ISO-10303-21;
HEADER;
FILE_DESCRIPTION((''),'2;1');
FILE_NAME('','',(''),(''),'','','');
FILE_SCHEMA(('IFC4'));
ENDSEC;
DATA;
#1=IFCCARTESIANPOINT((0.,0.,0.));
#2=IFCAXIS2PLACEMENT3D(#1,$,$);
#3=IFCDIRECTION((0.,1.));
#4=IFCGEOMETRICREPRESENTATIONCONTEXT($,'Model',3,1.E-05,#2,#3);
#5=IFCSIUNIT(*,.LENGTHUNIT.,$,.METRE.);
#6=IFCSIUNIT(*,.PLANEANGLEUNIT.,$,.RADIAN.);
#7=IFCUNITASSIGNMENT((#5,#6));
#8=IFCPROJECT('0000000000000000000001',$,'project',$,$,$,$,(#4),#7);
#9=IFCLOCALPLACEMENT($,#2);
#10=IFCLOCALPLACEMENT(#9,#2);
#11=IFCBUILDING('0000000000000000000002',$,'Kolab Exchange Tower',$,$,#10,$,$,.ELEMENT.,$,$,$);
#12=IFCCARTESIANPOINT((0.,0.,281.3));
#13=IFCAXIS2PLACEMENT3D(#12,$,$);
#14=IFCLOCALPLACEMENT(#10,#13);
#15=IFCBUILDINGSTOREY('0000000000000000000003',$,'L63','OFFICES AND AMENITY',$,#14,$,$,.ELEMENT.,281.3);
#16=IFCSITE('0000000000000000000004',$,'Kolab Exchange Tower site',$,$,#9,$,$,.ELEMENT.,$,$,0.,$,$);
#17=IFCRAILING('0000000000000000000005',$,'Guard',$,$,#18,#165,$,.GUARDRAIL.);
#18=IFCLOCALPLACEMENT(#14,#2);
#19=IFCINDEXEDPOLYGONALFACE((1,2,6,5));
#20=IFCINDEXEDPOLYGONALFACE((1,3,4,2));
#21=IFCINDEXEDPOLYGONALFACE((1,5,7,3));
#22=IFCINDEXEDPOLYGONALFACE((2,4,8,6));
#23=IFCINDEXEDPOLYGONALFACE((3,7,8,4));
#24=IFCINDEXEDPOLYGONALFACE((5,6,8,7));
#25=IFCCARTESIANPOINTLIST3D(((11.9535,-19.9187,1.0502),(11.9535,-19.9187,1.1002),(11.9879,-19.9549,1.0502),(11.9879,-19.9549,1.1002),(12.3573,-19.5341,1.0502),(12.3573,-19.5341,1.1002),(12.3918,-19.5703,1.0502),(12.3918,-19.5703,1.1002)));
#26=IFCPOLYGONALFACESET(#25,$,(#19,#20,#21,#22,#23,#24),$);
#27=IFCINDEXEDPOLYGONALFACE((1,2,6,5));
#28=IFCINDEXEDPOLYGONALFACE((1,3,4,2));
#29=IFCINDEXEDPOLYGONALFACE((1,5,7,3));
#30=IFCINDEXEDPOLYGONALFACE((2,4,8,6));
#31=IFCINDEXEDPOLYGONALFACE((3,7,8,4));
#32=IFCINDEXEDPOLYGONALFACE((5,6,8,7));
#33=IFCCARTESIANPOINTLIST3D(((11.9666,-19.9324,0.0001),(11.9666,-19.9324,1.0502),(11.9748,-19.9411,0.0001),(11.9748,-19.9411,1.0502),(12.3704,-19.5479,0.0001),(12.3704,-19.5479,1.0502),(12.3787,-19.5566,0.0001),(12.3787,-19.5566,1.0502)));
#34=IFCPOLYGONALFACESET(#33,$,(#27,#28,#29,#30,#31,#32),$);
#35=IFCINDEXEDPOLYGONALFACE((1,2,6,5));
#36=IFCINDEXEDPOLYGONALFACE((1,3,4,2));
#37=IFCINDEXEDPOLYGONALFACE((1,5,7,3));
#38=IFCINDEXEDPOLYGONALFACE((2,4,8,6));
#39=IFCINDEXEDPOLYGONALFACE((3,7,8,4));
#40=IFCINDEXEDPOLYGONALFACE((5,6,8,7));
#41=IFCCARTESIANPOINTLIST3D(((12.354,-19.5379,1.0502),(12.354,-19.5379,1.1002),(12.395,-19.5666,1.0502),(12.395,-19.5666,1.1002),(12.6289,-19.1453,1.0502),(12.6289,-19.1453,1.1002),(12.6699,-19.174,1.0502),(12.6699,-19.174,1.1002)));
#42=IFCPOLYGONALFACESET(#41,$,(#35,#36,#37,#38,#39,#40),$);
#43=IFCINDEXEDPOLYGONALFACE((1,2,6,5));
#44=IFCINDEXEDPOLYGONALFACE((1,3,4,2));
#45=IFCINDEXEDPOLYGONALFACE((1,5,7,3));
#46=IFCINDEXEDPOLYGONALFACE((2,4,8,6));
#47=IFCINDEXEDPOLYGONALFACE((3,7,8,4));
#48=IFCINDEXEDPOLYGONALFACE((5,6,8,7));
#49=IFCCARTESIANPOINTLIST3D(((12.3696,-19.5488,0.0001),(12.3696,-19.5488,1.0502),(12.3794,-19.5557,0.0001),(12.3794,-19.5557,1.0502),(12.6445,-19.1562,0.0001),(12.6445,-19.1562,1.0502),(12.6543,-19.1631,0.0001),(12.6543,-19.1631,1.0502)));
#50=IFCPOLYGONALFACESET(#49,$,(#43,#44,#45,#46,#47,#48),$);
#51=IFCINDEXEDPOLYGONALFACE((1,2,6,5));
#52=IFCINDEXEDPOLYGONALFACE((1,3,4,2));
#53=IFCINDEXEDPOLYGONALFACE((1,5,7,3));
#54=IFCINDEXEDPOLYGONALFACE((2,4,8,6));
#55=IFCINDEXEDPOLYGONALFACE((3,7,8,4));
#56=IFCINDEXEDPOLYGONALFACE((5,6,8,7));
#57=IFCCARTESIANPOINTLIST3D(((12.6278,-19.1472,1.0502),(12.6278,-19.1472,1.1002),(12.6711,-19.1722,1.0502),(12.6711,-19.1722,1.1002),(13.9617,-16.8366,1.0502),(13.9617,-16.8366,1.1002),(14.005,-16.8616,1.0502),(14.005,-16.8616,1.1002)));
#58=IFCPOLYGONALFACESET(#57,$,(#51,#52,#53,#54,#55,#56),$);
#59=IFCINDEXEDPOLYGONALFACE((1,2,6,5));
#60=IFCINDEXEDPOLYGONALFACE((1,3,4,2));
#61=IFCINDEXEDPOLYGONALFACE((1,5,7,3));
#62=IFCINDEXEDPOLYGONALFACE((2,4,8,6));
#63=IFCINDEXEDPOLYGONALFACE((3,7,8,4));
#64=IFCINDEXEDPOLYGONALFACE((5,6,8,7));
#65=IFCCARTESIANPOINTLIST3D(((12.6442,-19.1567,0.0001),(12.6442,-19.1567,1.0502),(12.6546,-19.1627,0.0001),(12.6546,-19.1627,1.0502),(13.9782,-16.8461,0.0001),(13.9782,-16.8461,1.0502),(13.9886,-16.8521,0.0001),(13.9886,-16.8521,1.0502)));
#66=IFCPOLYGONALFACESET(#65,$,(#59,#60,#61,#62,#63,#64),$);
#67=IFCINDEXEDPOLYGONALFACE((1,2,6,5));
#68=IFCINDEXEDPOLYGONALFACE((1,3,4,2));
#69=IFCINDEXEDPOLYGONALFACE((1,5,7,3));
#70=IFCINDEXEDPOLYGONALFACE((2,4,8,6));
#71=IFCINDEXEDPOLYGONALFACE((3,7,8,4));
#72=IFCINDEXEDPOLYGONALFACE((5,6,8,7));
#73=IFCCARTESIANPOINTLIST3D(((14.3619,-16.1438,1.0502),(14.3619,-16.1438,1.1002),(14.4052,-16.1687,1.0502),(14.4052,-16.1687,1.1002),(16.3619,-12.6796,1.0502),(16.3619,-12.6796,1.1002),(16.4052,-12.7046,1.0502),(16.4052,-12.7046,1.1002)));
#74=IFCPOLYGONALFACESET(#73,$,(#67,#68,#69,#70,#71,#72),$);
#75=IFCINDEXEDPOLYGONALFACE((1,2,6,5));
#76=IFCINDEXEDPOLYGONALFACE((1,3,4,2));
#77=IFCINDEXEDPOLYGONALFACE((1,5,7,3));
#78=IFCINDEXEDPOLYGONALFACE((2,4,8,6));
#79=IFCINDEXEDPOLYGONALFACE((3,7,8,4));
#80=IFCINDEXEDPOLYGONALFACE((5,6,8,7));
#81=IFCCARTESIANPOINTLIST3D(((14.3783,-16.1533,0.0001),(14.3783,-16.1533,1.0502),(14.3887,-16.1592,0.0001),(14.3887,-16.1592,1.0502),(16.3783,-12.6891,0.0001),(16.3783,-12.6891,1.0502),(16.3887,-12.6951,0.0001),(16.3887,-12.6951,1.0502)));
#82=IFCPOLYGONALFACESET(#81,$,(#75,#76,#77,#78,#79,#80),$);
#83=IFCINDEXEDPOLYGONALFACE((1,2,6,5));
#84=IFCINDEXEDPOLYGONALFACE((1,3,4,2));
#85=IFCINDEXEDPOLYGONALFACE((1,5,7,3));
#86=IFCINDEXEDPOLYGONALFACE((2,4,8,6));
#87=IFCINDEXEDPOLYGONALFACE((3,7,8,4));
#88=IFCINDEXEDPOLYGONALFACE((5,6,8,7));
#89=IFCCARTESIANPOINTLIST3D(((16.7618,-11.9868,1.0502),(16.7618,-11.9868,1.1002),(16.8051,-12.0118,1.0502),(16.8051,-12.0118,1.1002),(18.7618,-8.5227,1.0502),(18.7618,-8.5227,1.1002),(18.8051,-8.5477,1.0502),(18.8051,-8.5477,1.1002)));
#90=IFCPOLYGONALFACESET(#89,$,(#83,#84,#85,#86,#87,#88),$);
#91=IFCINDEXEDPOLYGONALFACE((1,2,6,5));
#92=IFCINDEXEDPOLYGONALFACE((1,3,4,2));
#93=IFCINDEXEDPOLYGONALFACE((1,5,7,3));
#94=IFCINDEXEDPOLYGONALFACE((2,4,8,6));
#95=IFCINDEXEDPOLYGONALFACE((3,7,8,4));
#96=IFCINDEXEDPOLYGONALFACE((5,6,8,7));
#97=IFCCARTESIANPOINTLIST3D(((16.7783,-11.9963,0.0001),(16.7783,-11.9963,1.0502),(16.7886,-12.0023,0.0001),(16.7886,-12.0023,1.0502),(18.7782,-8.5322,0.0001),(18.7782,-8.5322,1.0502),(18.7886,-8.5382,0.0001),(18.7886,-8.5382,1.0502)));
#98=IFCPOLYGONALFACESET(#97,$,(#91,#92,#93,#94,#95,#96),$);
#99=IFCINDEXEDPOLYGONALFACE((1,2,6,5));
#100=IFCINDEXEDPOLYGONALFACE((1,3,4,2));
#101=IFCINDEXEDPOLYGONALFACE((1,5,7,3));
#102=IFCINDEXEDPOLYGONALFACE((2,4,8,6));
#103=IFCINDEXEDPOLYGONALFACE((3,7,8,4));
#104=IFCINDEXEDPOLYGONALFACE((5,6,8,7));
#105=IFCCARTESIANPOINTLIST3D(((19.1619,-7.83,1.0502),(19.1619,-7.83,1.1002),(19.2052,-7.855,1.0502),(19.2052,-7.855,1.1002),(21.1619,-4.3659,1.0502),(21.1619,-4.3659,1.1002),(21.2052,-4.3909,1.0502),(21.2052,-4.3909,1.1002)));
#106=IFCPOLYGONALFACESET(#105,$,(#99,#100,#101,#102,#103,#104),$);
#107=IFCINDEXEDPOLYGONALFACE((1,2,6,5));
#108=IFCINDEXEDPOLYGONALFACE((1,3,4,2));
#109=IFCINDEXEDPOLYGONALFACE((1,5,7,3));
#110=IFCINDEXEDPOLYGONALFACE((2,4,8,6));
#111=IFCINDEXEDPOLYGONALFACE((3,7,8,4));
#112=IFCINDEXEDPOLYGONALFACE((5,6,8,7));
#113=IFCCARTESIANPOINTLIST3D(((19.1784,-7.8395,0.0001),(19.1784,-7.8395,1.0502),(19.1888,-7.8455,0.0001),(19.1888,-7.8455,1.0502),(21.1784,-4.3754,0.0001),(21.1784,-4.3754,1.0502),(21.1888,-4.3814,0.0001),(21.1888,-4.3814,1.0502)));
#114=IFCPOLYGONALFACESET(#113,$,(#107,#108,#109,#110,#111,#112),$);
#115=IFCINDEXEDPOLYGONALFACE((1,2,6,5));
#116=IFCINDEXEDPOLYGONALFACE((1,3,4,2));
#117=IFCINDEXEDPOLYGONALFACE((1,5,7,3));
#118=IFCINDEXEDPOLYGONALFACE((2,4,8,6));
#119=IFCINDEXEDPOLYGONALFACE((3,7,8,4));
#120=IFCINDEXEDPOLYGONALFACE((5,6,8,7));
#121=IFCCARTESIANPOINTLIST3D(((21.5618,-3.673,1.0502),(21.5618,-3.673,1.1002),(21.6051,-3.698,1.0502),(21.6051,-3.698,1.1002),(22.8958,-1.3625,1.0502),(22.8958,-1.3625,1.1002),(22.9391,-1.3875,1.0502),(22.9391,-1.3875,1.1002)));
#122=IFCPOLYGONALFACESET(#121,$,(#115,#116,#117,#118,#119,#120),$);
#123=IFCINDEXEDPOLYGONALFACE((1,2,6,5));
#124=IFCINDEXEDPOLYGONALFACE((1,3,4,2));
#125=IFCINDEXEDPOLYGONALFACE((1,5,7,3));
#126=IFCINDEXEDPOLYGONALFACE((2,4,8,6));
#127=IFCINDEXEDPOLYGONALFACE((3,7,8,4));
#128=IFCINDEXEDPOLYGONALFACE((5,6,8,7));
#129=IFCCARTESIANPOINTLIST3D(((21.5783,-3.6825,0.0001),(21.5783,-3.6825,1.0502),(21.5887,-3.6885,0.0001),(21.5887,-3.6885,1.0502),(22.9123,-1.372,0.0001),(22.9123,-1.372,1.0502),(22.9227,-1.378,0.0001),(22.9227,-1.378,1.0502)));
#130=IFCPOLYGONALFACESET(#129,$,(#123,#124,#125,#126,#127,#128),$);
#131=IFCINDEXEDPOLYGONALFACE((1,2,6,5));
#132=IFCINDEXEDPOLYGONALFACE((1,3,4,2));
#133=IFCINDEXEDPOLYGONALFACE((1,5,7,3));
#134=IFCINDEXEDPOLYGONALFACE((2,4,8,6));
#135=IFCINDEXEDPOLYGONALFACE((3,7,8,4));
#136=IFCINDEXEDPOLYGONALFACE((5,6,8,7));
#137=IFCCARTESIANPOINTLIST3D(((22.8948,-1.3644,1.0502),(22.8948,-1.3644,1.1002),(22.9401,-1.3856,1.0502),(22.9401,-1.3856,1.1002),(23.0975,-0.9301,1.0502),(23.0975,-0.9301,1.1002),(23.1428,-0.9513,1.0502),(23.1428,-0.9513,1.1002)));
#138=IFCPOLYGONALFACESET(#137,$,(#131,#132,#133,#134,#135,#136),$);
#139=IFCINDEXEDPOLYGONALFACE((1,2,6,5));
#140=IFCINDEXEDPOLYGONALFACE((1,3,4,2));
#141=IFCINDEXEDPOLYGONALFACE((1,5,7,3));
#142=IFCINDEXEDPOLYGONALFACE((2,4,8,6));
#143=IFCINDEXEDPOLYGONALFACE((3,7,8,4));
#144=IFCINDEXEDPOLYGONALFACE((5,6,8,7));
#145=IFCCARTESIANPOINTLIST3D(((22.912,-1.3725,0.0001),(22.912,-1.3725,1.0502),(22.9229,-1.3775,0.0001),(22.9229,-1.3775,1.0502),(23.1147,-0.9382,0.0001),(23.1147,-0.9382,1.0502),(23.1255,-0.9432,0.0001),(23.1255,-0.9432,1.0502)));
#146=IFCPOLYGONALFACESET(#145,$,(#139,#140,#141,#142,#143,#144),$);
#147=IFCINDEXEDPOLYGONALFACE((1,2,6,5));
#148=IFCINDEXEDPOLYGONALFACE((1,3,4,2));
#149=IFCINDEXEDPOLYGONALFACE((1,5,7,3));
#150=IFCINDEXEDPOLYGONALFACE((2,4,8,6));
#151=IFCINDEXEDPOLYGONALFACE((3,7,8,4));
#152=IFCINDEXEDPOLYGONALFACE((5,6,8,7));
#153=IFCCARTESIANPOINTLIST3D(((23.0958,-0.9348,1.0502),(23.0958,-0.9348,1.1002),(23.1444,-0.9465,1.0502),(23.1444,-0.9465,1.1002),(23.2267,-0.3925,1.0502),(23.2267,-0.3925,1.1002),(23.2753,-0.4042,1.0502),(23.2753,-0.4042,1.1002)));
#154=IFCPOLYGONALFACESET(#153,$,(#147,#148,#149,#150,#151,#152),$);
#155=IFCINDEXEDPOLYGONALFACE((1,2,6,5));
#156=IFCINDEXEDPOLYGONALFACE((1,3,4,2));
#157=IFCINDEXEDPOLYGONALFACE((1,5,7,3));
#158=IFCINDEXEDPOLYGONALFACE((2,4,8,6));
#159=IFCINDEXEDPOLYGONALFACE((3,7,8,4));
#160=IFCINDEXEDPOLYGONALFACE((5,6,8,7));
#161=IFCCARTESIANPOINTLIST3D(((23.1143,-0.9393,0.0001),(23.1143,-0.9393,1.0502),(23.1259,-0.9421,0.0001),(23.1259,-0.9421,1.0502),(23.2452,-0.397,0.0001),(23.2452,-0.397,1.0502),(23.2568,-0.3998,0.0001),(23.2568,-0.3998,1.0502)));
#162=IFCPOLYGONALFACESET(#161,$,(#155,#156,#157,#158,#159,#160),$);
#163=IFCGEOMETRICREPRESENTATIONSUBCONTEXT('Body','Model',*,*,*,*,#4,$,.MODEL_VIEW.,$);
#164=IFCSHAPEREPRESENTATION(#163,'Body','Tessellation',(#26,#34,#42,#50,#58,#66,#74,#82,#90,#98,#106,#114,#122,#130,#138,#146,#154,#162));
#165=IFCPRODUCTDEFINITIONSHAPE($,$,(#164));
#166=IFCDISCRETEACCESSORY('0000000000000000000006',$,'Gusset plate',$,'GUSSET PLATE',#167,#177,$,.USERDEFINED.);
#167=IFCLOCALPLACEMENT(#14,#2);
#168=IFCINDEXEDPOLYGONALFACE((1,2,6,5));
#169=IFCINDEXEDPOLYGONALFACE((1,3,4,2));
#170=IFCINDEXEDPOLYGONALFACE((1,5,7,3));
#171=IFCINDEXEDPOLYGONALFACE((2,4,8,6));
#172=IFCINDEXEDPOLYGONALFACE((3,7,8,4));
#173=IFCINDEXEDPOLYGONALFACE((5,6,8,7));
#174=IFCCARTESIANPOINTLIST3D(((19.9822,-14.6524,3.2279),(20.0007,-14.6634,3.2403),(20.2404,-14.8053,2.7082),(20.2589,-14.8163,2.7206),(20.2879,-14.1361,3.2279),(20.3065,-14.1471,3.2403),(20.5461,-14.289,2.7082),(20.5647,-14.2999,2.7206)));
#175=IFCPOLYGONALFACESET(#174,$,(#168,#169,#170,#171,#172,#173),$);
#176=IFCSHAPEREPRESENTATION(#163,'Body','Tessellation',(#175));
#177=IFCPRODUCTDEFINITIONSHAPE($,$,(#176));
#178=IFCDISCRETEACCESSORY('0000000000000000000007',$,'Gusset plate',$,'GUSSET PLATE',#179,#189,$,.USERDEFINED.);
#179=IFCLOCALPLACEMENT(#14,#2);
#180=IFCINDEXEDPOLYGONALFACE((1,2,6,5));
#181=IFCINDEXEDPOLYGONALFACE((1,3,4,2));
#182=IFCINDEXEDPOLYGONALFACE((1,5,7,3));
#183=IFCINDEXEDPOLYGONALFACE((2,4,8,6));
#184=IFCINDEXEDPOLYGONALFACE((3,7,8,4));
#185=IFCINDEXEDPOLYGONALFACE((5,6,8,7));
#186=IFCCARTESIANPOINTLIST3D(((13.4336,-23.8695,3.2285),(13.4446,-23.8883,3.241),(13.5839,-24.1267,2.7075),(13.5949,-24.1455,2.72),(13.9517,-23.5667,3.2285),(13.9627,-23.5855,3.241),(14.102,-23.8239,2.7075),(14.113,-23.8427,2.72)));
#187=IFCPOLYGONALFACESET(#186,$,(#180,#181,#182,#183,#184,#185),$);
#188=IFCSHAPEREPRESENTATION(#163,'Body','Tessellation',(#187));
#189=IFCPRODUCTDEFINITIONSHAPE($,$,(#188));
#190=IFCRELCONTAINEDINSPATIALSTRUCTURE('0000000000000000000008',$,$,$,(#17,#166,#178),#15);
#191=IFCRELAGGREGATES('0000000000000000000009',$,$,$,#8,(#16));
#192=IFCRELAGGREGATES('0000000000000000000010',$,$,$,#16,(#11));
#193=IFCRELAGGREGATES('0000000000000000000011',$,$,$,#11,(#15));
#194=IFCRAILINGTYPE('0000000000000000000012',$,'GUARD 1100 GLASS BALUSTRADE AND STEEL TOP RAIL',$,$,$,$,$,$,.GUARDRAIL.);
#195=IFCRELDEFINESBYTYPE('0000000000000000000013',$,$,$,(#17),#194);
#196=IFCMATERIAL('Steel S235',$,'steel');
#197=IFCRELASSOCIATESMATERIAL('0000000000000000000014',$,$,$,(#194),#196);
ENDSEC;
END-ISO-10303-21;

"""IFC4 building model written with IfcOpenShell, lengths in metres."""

from ifc_helpers import new_model, si_unit, direction, frame, frame_2d, origin, origin_2d, place, context, subcontext, project, spatial, rectangle, extrude, material, type_object, element, save


model = new_model("IFC4")

# Units and contexts
model_context = context("Model", 3, precision=1e-05, world=origin(), true_north=direction((0.0, 1.0)))
body_context = subcontext(model_context, "Body", "Model", "MODEL_VIEW")
ifc_project = project(units=[si_unit("LENGTHUNIT", "METRE"), si_unit("PLANEANGLEUNIT", "RADIAN")], contexts=[model_context])

# Site, building, storey
site_placement = place(None, origin())
site = spatial("IfcSite", under=ifc_project, at=site_placement, Name="Kolab Exchange Tower site", CompositionType="ELEMENT", RefElevation=0.0)
building_placement = place(site_placement, origin())
building = spatial("IfcBuilding", under=site, at=building_placement, Name="Kolab Exchange Tower", CompositionType="ELEMENT")
storey_placement = place(building_placement, frame((0.0, 0.0, 281.3)))
storey = spatial("IfcBuildingStorey", under=building, at=storey_placement, Name="L63", Description="OFFICES AND AMENITY", CompositionType="ELEMENT", Elevation=281.3)

# Railing
ifc_material_1 = material(Name="Steel S235", Category="steel")
railing_type = type_object("IfcRailingType", Name="GUARD 1100 GLASS BALUSTRADE AND STEEL TOP RAIL", PredefinedType="GUARDRAIL", material=ifc_material_1)
railing_placement = place(storey_placement, frame((11.9707, -19.9368, 0.0)))
element("IfcRailing", 1, at=railing_placement, inside=storey, type_object=railing_type, Name="Guard", PredefinedType="GUARDRAIL", context=body_context, shape_type="SweptSolid", body=[
    extrude(rectangle(XDim=0.05, YDim=0.05, at=origin_2d()), frame((0.0, 0.0, 1.0752), z_axis=(0.72419, 0.689601, 0.0), x_axis=(-0.689601, 0.72419, 0.0)), (0.0, 0.0, 1.0), 0.5576),
    extrude(rectangle(XDim=0.012, YDim=1.0501, at=frame_2d((0.0, 0.5251))), frame((0.0, 0.0, 0.0), z_axis=(0.72419, 0.689601, 0.0), x_axis=(-0.689601, 0.72419, 0.0)), (0.0, 0.0, 1.0), 0.5576),
    extrude(rectangle(XDim=0.05, YDim=0.05, at=origin_2d()), frame((0.4038, 0.3845, 1.0752), z_axis=(0.573599, 0.819136, 0.0), x_axis=(-0.819136, 0.573599, 0.0)), (0.0, 0.0, 1.0), 0.4792),
    extrude(rectangle(XDim=0.012, YDim=1.0501, at=frame_2d((0.0, 0.5251))), frame((0.4038, 0.3845, 0.0), z_axis=(0.573599, 0.819136, 0.0), x_axis=(-0.819136, 0.573599, 0.0)), (0.0, 0.0, 1.0), 0.4792),
    extrude(rectangle(XDim=0.05, YDim=0.05, at=origin_2d()), frame((0.6787, 0.7771, 1.0752), z_axis=(0.499997, 0.866027, 0.0), x_axis=(-0.866027, 0.499997, 0.0)), (0.0, 0.0, 1.0), 2.668),
    extrude(rectangle(XDim=0.012, YDim=1.0501, at=frame_2d((0.0, 0.5251))), frame((0.6787, 0.7771, 0.0), z_axis=(0.499997, 0.866027, 0.0), x_axis=(-0.866027, 0.499997, 0.0)), (0.0, 0.0, 1.0), 2.668),
    extrude(rectangle(XDim=0.05, YDim=0.05, at=origin_2d()), frame((2.4128, 3.7805, 1.0752), z_axis=(0.499999, 0.866026, 0.0), x_axis=(-0.866026, 0.499999, 0.0)), (0.0, 0.0, 1.0), 4.0),
    extrude(rectangle(XDim=0.012, YDim=1.0501, at=frame_2d((0.0, 0.5251))), frame((2.4128, 3.7805, 0.0), z_axis=(0.499999, 0.866026, 0.0), x_axis=(-0.866026, 0.499999, 0.0)), (0.0, 0.0, 1.0), 4.0),
    extrude(rectangle(XDim=0.05, YDim=0.05, at=origin_2d()), frame((4.8127, 7.9375, 1.0752), z_axis=(0.499999, 0.866026, 0.0), x_axis=(-0.866026, 0.499999, 0.0)), (0.0, 0.0, 1.0), 4.0),
    extrude(rectangle(XDim=0.012, YDim=1.0501, at=frame_2d((0.0, 0.5251))), frame((4.8127, 7.9375, 0.0), z_axis=(0.499999, 0.866026, 0.0), x_axis=(-0.866026, 0.499999, 0.0)), (0.0, 0.0, 1.0), 4.0),
    extrude(rectangle(XDim=0.05, YDim=0.05, at=origin_2d()), frame((7.2129, 12.0942, 1.0752), z_axis=(0.499999, 0.866026, 0.0), x_axis=(-0.866026, 0.499999, 0.0)), (0.0, 0.0, 1.0), 4.0),
    extrude(rectangle(XDim=0.012, YDim=1.0501, at=frame_2d((0.0, 0.5251))), frame((7.2129, 12.0942, 0.0), z_axis=(0.499999, 0.866026, 0.0), x_axis=(-0.866026, 0.499999, 0.0)), (0.0, 0.0, 1.0), 4.0),
    extrude(rectangle(XDim=0.05, YDim=0.05, at=origin_2d()), frame((9.6128, 16.2512, 1.0752), z_axis=(0.499997, 0.866027, 0.0), x_axis=(-0.866027, 0.499997, 0.0)), (0.0, 0.0, 1.0), 2.668),
    extrude(rectangle(XDim=0.012, YDim=1.0501, at=frame_2d((0.0, 0.5251))), frame((9.6128, 16.2512, 0.0), z_axis=(0.499997, 0.866027, 0.0), x_axis=(-0.866027, 0.499997, 0.0)), (0.0, 0.0, 1.0), 2.668),
    extrude(rectangle(XDim=0.05, YDim=0.05, at=origin_2d()), frame((10.9468, 18.5618, 1.0752), z_axis=(0.422802, 0.906222, 0.0), x_axis=(-0.906222, 0.422802, 0.0)), (0.0, 0.0, 1.0), 0.4792),
    extrude(rectangle(XDim=0.012, YDim=1.0501, at=frame_2d((0.0, 0.5251))), frame((10.9468, 18.5618, 0.0), z_axis=(0.422802, 0.906222, 0.0), x_axis=(-0.906222, 0.422802, 0.0)), (0.0, 0.0, 1.0), 0.4792),
    extrude(rectangle(XDim=0.05, YDim=0.05, at=origin_2d()), frame((11.1494, 18.9961, 1.0752), z_axis=(0.234598, 0.972093, 0.0), x_axis=(-0.972093, 0.234598, 0.0)), (0.0, 0.0, 1.0), 0.5579),
    extrude(rectangle(XDim=0.012, YDim=1.0501, at=frame_2d((0.0, 0.5251))), frame((11.1494, 18.9961, 0.0), z_axis=(0.234598, 0.972093, 0.0), x_axis=(-0.972093, 0.234598, 0.0)), (0.0, 0.0, 1.0), 0.5579),
])

# Discrete accessories
discrete_accessory_1_placement = place(storey_placement, frame((20.2642, -14.4707, 2.968), z_axis=(0.74517, -0.441219, 0.500048), x_axis=(0.509492, 0.860475, 0.0)))
element("IfcDiscreteAccessory", 2, at=discrete_accessory_1_placement, inside=storey, Name="Gusset plate", ObjectType="GUSSET PLATE", PredefinedType="USERDEFINED", context=body_context, shape_type="SweptSolid", body=[
    extrude(rectangle(XDim=0.6001, YDim=0.6001, at=origin_2d()), origin(), (0.0, 0.0, 1.0), 0.0249),
])
discrete_accessory_2_placement = place(storey_placement, frame((13.7678, -23.8467, 2.968), z_axis=(0.438009, -0.749483, 0.496411), x_axis=(0.863372, 0.504568, 0.0)))
element("IfcDiscreteAccessory", 3, at=discrete_accessory_2_placement, inside=storey, Name="Gusset plate", ObjectType="GUSSET PLATE", PredefinedType="USERDEFINED", context=body_context, shape_type="SweptSolid", body=[
    extrude(rectangle(XDim=0.6001, YDim=0.6001, at=origin_2d()), origin(), (0.0, 0.0, 1.0), 0.0251),
])

save(model, "model.ifc")
